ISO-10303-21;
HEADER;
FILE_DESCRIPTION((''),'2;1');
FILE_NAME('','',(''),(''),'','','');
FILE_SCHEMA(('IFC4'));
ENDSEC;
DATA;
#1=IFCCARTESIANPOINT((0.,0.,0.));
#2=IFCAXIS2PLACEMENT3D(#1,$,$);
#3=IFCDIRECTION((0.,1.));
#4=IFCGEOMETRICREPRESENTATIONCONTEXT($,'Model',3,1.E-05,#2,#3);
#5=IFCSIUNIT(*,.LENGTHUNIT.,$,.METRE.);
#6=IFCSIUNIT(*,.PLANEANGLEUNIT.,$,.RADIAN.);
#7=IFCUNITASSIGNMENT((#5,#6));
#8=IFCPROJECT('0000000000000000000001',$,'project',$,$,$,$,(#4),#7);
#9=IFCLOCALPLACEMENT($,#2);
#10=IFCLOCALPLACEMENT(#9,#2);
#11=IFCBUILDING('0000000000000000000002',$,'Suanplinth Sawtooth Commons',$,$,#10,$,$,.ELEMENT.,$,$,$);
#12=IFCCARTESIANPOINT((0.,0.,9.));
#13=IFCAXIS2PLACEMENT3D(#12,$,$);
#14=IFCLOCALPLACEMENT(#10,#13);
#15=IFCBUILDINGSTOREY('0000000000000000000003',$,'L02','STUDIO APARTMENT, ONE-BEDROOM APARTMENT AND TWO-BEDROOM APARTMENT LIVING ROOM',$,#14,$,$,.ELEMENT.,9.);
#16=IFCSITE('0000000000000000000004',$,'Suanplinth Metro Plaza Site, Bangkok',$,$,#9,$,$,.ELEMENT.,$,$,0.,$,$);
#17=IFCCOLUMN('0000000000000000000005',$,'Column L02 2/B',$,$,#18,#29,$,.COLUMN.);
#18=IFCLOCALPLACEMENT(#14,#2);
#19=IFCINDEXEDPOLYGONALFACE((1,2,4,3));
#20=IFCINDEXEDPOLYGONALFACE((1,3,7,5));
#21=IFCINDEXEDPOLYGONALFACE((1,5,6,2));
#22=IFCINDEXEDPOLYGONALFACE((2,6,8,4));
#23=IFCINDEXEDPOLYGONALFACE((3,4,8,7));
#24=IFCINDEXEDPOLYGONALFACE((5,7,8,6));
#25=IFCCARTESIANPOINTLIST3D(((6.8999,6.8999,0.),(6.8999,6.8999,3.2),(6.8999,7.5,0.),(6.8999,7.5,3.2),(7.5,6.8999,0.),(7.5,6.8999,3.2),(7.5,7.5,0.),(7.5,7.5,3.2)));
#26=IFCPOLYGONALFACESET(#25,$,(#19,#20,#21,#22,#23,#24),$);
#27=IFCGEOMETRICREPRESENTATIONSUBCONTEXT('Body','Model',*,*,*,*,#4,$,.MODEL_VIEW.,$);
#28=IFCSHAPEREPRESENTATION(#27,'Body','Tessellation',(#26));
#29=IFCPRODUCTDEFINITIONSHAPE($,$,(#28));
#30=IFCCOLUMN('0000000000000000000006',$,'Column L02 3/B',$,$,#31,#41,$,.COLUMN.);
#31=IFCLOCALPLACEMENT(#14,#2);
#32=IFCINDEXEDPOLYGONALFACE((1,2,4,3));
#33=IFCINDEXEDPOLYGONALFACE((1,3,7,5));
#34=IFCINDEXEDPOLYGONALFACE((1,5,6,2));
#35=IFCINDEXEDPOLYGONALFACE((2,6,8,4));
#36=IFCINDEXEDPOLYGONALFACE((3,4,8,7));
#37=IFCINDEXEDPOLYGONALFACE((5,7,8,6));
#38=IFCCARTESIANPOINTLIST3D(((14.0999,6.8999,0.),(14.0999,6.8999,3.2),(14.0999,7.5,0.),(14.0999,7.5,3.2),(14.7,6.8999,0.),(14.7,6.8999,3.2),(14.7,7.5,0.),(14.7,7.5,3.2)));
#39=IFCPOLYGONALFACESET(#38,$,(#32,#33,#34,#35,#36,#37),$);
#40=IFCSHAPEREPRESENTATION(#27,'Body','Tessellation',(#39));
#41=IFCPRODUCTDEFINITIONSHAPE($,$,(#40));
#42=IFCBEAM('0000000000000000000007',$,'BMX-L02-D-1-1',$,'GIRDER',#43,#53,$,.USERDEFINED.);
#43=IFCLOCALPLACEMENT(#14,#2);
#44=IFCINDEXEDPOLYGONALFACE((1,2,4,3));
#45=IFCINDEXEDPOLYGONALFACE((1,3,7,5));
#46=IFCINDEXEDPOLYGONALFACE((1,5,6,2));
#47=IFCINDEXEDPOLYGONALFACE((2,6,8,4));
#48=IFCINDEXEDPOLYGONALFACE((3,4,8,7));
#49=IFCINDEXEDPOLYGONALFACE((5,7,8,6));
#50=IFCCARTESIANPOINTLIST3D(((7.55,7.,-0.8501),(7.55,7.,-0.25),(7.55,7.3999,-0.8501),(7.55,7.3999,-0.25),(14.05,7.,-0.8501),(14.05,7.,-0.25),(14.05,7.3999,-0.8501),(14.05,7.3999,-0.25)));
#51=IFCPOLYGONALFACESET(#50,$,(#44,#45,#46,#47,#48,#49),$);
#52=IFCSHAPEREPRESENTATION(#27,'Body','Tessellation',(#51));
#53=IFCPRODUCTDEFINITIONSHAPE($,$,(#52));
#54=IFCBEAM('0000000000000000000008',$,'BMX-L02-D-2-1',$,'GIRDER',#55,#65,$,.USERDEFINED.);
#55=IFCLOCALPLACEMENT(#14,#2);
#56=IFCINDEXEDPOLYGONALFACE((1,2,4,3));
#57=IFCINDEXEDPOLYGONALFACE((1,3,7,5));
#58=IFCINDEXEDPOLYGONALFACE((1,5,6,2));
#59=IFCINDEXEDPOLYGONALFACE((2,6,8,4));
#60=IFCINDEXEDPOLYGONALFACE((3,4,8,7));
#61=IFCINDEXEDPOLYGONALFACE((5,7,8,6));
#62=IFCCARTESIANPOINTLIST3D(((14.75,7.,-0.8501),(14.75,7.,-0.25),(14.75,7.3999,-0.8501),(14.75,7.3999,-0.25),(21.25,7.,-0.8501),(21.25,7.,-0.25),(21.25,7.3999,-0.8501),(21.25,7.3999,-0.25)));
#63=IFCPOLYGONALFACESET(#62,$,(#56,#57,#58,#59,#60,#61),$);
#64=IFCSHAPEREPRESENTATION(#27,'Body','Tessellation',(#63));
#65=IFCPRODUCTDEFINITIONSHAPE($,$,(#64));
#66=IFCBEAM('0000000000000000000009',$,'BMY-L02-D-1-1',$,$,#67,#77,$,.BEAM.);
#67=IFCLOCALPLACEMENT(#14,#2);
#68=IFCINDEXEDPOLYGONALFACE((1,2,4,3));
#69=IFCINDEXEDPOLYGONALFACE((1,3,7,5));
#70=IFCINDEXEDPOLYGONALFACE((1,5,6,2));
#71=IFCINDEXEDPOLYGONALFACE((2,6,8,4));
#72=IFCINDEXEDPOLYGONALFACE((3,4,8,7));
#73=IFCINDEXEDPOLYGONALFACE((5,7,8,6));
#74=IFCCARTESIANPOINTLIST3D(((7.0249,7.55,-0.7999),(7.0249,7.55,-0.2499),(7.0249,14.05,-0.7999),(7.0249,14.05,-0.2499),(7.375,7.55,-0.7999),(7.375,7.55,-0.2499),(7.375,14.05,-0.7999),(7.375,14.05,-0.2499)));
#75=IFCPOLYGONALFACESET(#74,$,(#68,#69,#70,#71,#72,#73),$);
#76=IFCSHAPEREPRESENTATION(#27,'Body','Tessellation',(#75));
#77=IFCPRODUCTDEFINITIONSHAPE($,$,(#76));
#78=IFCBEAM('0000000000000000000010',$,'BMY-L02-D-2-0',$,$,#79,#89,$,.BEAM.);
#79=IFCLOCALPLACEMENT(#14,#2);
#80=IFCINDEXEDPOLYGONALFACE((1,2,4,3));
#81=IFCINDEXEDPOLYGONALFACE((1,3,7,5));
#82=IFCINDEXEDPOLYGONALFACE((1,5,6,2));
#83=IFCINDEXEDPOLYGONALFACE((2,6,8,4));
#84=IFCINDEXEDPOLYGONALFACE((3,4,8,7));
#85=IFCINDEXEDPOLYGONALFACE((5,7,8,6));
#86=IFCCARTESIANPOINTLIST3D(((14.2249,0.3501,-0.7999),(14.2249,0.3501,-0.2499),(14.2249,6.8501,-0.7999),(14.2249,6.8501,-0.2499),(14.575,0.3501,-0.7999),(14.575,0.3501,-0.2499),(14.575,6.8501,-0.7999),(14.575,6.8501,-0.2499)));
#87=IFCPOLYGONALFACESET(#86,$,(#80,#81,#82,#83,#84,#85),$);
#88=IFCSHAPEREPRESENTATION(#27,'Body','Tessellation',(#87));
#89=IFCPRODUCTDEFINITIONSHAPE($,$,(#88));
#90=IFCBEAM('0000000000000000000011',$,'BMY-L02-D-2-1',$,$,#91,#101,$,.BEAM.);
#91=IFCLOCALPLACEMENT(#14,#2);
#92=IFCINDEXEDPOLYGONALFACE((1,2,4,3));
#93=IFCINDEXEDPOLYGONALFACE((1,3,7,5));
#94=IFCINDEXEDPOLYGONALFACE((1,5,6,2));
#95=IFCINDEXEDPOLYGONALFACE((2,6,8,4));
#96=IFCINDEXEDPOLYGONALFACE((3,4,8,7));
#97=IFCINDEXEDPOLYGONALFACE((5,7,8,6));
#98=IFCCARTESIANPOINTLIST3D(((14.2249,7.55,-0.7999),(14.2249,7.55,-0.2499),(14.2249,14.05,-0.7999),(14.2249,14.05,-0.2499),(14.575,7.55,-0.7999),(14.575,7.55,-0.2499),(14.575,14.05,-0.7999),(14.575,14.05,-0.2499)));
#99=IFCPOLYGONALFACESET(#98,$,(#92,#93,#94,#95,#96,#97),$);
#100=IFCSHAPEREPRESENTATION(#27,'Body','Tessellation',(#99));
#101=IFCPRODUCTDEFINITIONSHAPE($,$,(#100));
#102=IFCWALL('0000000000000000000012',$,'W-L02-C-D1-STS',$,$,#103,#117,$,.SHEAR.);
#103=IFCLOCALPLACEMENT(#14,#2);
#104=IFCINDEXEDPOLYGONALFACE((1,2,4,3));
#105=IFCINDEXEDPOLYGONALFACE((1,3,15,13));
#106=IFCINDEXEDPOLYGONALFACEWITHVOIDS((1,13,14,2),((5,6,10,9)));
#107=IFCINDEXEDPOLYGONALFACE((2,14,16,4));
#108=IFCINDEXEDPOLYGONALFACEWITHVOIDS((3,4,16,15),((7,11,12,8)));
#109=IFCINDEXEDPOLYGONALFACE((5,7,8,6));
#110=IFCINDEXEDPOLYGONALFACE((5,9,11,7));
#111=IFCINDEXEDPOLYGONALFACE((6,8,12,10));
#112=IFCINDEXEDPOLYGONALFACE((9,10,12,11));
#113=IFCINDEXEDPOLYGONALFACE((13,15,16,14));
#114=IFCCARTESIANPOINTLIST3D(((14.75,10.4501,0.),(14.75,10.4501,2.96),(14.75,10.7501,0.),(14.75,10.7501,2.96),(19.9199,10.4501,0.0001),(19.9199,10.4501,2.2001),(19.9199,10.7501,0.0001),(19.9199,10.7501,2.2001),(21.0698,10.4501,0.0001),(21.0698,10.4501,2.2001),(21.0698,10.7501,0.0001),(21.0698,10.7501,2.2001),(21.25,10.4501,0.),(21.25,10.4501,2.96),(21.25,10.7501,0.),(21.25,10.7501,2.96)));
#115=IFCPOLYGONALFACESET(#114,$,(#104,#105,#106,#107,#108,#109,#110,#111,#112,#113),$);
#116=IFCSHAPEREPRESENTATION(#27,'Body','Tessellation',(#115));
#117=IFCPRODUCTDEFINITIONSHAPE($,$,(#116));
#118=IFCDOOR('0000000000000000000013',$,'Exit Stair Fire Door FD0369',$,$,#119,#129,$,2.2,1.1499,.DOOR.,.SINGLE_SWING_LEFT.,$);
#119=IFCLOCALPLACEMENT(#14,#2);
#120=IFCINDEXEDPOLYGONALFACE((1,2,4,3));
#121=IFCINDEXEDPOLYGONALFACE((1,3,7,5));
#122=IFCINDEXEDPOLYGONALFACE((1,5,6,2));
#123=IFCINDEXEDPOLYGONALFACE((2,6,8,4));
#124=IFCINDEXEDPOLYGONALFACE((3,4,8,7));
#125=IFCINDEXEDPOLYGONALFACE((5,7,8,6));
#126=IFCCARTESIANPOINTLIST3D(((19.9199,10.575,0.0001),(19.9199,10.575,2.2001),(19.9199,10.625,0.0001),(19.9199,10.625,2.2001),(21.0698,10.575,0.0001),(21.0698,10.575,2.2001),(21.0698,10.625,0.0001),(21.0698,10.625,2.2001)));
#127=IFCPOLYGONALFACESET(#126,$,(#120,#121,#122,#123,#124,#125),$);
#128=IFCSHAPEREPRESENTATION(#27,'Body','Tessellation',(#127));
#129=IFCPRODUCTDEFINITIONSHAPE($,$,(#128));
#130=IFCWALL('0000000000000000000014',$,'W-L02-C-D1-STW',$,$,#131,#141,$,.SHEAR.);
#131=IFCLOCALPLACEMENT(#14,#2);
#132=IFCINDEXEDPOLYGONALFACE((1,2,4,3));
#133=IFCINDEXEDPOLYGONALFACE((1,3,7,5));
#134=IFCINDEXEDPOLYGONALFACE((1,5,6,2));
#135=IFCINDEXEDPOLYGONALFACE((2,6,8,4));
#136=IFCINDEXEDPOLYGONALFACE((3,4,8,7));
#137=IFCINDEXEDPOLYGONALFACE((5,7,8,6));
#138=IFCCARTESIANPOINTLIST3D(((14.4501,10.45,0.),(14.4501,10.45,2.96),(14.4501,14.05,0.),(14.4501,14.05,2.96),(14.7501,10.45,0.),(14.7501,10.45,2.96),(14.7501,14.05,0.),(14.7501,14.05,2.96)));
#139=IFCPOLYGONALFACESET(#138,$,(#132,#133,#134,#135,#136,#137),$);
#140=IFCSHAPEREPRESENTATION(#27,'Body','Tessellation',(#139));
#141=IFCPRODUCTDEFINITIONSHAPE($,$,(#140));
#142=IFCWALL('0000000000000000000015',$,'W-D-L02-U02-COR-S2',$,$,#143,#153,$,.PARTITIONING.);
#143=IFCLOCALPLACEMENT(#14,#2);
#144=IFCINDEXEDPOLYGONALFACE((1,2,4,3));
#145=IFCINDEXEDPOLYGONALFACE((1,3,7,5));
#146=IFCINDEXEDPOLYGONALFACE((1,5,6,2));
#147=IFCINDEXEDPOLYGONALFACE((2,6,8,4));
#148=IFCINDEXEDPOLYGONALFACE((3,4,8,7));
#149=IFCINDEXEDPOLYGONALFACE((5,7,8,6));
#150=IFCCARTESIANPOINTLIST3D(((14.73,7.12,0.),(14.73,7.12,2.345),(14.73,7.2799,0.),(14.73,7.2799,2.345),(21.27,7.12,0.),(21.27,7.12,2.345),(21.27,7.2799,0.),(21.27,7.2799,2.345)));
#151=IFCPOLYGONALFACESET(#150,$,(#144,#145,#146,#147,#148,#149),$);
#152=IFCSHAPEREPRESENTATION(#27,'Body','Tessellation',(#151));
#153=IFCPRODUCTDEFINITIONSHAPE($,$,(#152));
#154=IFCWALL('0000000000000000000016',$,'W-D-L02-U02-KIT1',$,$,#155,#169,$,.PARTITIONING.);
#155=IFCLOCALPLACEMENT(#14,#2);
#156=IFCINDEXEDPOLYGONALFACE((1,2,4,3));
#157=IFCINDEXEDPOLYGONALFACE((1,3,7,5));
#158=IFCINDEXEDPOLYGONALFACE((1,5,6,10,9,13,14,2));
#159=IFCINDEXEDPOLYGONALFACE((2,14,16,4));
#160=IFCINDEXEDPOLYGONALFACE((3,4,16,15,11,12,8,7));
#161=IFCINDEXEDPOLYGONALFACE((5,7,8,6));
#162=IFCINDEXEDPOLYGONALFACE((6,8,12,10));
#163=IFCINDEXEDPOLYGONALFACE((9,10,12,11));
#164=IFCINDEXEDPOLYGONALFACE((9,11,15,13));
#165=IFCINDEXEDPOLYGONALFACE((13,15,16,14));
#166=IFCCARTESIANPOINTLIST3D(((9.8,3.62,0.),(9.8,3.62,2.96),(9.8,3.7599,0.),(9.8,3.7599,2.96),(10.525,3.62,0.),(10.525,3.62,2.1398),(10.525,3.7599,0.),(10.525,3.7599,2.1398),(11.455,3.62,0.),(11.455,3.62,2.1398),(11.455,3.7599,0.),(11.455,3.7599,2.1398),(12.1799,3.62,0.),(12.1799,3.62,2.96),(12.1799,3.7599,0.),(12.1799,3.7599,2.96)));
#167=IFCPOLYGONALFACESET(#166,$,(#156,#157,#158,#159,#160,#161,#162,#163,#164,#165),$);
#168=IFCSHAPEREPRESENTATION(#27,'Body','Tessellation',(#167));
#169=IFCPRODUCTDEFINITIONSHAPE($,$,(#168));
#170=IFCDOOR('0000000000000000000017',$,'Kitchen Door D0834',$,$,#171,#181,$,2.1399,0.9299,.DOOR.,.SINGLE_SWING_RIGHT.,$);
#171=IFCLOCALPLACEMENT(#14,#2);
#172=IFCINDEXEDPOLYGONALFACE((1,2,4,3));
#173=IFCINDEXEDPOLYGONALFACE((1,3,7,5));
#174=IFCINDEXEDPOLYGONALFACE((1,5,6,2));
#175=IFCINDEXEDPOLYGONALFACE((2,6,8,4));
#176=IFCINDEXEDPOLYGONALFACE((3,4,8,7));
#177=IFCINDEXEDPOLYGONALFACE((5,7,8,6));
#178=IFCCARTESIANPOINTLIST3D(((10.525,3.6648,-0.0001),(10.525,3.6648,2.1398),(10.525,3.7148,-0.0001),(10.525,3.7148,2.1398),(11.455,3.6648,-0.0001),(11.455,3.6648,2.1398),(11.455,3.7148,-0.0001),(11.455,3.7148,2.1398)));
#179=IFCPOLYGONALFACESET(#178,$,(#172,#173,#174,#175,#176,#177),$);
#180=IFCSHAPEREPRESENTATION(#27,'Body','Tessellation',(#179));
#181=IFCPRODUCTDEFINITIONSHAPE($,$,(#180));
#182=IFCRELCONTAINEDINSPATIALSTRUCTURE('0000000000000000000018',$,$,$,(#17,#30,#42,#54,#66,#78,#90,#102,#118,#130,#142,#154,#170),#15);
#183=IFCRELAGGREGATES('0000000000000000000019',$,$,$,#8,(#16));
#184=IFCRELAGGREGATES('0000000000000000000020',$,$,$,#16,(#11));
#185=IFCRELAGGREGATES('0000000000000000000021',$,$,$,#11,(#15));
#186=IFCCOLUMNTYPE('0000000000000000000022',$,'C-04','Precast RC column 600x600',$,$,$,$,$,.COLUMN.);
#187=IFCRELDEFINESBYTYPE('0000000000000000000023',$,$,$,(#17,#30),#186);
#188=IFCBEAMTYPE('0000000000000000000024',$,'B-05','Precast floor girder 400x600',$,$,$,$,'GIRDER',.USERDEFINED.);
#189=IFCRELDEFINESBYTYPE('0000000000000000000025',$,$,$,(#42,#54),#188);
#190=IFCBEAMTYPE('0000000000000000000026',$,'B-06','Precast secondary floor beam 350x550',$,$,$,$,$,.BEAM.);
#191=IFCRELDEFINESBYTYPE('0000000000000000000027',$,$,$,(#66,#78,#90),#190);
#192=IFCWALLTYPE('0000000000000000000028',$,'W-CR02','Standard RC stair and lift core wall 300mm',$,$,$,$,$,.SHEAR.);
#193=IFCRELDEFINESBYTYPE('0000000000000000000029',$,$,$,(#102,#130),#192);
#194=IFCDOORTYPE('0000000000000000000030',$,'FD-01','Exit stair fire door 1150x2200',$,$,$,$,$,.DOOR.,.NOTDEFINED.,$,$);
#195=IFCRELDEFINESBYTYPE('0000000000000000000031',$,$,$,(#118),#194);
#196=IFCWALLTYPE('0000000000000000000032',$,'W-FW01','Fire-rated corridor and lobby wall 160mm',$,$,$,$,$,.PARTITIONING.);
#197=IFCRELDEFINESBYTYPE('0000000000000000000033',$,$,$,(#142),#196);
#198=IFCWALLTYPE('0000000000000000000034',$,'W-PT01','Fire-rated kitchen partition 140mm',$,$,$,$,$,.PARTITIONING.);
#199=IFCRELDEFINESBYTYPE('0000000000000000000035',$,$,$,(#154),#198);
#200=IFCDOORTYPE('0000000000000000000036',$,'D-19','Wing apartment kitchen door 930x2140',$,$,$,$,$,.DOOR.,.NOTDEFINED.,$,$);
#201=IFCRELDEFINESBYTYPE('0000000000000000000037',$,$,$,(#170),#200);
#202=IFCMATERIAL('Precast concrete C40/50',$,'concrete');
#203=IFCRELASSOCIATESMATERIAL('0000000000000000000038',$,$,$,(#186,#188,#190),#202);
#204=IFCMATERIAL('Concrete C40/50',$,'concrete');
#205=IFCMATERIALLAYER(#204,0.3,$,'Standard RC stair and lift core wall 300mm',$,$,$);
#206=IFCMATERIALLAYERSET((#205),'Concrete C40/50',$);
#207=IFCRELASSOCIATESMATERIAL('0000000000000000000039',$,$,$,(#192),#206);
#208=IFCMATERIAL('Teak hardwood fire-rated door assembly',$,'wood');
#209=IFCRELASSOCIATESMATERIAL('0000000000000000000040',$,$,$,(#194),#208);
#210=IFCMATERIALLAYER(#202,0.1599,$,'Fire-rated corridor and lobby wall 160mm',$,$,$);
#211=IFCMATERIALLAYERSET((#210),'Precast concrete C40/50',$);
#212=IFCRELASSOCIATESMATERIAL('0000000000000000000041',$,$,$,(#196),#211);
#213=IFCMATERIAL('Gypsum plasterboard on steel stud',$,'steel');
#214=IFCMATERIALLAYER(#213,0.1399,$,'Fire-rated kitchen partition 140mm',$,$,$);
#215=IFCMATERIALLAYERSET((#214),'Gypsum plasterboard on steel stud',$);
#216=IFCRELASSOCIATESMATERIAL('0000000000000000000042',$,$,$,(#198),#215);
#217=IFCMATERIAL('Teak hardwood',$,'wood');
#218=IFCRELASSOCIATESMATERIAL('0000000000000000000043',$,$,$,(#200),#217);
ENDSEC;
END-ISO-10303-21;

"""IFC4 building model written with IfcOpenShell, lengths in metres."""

from ifc_helpers import new_model, si_unit, direction, frame, frame_2d, origin, origin_2d, place, context, subcontext, project, spatial, rectangle, extrude, material, layer, layer_set, material_profile, profile_set, type_object, element, fill, save


model = new_model("IFC4")

# Units and contexts
model_context = context("Model", 3, precision=1e-05, world=origin(), true_north=direction((0.0, 1.0)))
body_context = subcontext(model_context, "Body", "Model", "MODEL_VIEW")
ifc_project = project(units=[si_unit("LENGTHUNIT", "METRE"), si_unit("PLANEANGLEUNIT", "RADIAN")], contexts=[model_context])

# Site, building, storey
site_placement = place(None, origin())
site = spatial("IfcSite", under=ifc_project, at=site_placement, Name="Suanplinth Metro Plaza Site, Bangkok", CompositionType="ELEMENT", RefElevation=0.0)
building_placement = place(site_placement, origin())
building = spatial("IfcBuilding", under=site, at=building_placement, Name="Suanplinth Sawtooth Commons", CompositionType="ELEMENT")
storey_placement = place(building_placement, frame((0.0, 0.0, 9.0)))
storey = spatial("IfcBuildingStorey", under=building, at=storey_placement, Name="L02", Description="STUDIO APARTMENT, ONE-BEDROOM APARTMENT AND TWO-BEDROOM APARTMENT LIVING ROOM", CompositionType="ELEMENT", Elevation=9.0)

# Columns
ifc_material_1 = material(Name="Precast concrete C40/50", Category="concrete")
ifc_material_profile_1 = material_profile(ifc_material_1, rectangle(XDim=0.6001, YDim=0.6001, at=origin_2d()), Name="PC-COL 600x600")
ifc_profile_set_1 = profile_set([ifc_material_profile_1], Name="Precast concrete C40/50")
column_type = type_object("IfcColumnType", Name="C-04", Description="Precast RC column 600x600", PredefinedType="COLUMN", material=ifc_profile_set_1)
for number, where, z_axis, x_axis, name in (
    (1, (7.2, 7.2, 0.0), (0.0, 0.0, 1.0), (1.0, 0.0, 0.0), "Column L02 2/B"),
    (2, (14.3999, 7.2, 0.0), (0.0, 0.0, 1.0), (1.0, 0.0, 0.0), "Column L02 3/B"),
):
    element("IfcColumn", number, at=place(storey_placement, frame(where, z_axis=z_axis, x_axis=x_axis)), inside=storey, type_object=column_type, Name=name, PredefinedType="COLUMN", context=body_context, shape_type="SweptSolid", body=[
        extrude(rectangle(XDim=0.6001, YDim=0.6001, at=origin_2d()), origin(), (0.0, 0.0, 1.0), 3.2),
    ])

# Beams
ifc_material_profile_2 = material_profile(ifc_material_1, rectangle(XDim=0.3999, YDim=0.6001, at=origin_2d()), Name="PC-GDR 400x600")
ifc_profile_set_2 = profile_set([ifc_material_profile_2], Name="Precast concrete C40/50")
beam_type_1 = type_object("IfcBeamType", Name="B-05", Description="Precast floor girder 400x600", ElementType="GIRDER", PredefinedType="USERDEFINED", material=ifc_profile_set_2)
for number, where, z_axis, x_axis, name in (
    (3, (7.55, 7.2, -0.55), (1.0, 0.0, 0.0), (0.0, 1.0, 0.0), "BMX-L02-D-1-1"),
    (4, (14.75, 7.2, -0.55), (1.0, 0.0, 0.0), (0.0, 1.0, 0.0), "BMX-L02-D-2-1"),
):
    element("IfcBeam", number, at=place(storey_placement, frame(where, z_axis=z_axis, x_axis=x_axis)), inside=storey, type_object=beam_type_1, Name=name, ObjectType="GIRDER", PredefinedType="USERDEFINED", context=body_context, shape_type="SweptSolid", body=[
        extrude(rectangle(XDim=0.3999, YDim=0.6001, at=origin_2d()), origin(), (0.0, 0.0, 1.0), 6.5),
    ])
ifc_material_profile_3 = material_profile(ifc_material_1, rectangle(XDim=0.3501, YDim=0.55, at=origin_2d()), Name="PC-BM 350x550")
ifc_profile_set_3 = profile_set([ifc_material_profile_3], Name="Precast concrete C40/50")
beam_type_2 = type_object("IfcBeamType", Name="B-06", Description="Precast secondary floor beam 350x550", PredefinedType="BEAM", material=ifc_profile_set_3)
for number, where, z_axis, x_axis, name in (
    (5, (7.2, 7.55, -0.5249), (0.0, 1.0, 0.0), (-1.0, 0.0, 0.0), "BMY-L02-D-1-1"),
    (6, (14.3999, 0.3501, -0.5249), (0.0, 1.0, 0.0), (-1.0, 0.0, 0.0), "BMY-L02-D-2-0"),
    (7, (14.3999, 7.55, -0.5249), (0.0, 1.0, 0.0), (-1.0, 0.0, 0.0), "BMY-L02-D-2-1"),
):
    element("IfcBeam", number, at=place(storey_placement, frame(where, z_axis=z_axis, x_axis=x_axis)), inside=storey, type_object=beam_type_2, Name=name, PredefinedType="BEAM", context=body_context, shape_type="SweptSolid", body=[
        extrude(rectangle(XDim=0.3501, YDim=0.55, at=origin_2d()), origin(), (0.0, 0.0, 1.0), 6.5),
    ])

# Wall, opening, door
ifc_material_2 = material(Name="Concrete C40/50", Category="concrete")
ifc_layer_1 = layer(ifc_material_2, 0.3, Name="Standard RC stair and lift core wall 300mm")
ifc_layer_set_1 = layer_set([ifc_layer_1], Name="Concrete C40/50")
wall_type_1 = type_object("IfcWallType", Name="W-CR02", Description="Standard RC stair and lift core wall 300mm", PredefinedType="SHEAR", material=ifc_layer_set_1)
wall_1_placement = place(storey_placement, frame((14.75, 10.6001, 0.0), z_axis=(0.0, 0.0, 1.0), x_axis=(1.0, 0.0, 0.0)))
wall_1 = element("IfcWall", 8, at=wall_1_placement, inside=storey, type_object=wall_type_1, Name="W-L02-C-D1-STS", PredefinedType="SHEAR", context=body_context, shape_type="SweptSolid", body=[
    extrude(rectangle(XDim=6.5, YDim=0.3, at=frame_2d((3.25, 0.0))), origin(), (0.0, 0.0, 1.0), 2.96),
])
opening_1_placement = place(wall_1_placement, frame((5.1699, 0.0, 0.0)))
opening_1 = element("IfcOpeningElement", 9, at=opening_1_placement, cuts=wall_1, PredefinedType="OPENING", context=body_context, shape_type="SweptSolid", body=[
    extrude(rectangle(XDim=1.1499, YDim=2.2, at=frame_2d((0.575, 1.1001))), frame((0.0, 0.165, 0.0), z_axis=(0.0, -1.0, 0.0), x_axis=(1.0, 0.0, 0.0)), (0.0, 0.0, 1.0), 0.3298),
])
ifc_material_3 = material(Name="Teak hardwood fire-rated door assembly", Category="wood")
door_type_1 = type_object("IfcDoorType", Name="FD-01", Description="Exit stair fire door 1150x2200", OperationType="NOTDEFINED", PredefinedType="DOOR", material=ifc_material_3)
door_1_placement = place(opening_1_placement, origin())
door_1 = element("IfcDoor", 10, at=door_1_placement, inside=storey, type_object=door_type_1, Name="Exit Stair Fire Door FD0369", OperationType="SINGLE_SWING_LEFT", OverallHeight=2.2, OverallWidth=1.1499, PredefinedType="DOOR", context=body_context, shape_type="SweptSolid", body=[
    extrude(rectangle(XDim=1.1499, YDim=2.2, at=frame_2d((0.575, 1.1001))), frame((0.0, 0.0249, 0.0), z_axis=(0.0, -1.0, 0.0), x_axis=(1.0, 0.0, 0.0)), (0.0, 0.0, 1.0), 0.05),
])
fill(opening_1, door_1)

# Wall
wall_2_placement = place(storey_placement, frame((14.6001, 10.45, 0.0), z_axis=(0.0, 0.0, 1.0), x_axis=(0.0, 1.0, 0.0)))
element("IfcWall", 11, at=wall_2_placement, inside=storey, type_object=wall_type_1, Name="W-L02-C-D1-STW", PredefinedType="SHEAR", context=body_context, shape_type="SweptSolid", body=[
    extrude(rectangle(XDim=3.6001, YDim=0.3, at=frame_2d((1.8, 0.0))), origin(), (0.0, 0.0, 1.0), 2.96),
])

# Shared definitions
ifc_layer_2 = layer(ifc_material_1, 0.1599, Name="Fire-rated corridor and lobby wall 160mm")
ifc_layer_set_2 = layer_set([ifc_layer_2], Name="Precast concrete C40/50")
wall_type_2 = type_object("IfcWallType", Name="W-FW01", Description="Fire-rated corridor and lobby wall 160mm", PredefinedType="PARTITIONING", material=ifc_layer_set_2)

# Wall
wall_3_placement = place(storey_placement, frame((14.73, 7.2, 0.0), z_axis=(0.0, 0.0, 1.0), x_axis=(1.0, 0.0, 0.0)))
element("IfcWall", 12, at=wall_3_placement, inside=storey, type_object=wall_type_2, Name="W-D-L02-U02-COR-S2", PredefinedType="PARTITIONING", context=body_context, shape_type="SweptSolid", body=[
    extrude(rectangle(XDim=6.54, YDim=0.1599, at=frame_2d((3.27, 0.0))), origin(), (0.0, 0.0, 1.0), 2.345),
])

# Wall, opening, door
ifc_material_4 = material(Name="Gypsum plasterboard on steel stud", Category="steel")
ifc_layer_3 = layer(ifc_material_4, 0.1399, Name="Fire-rated kitchen partition 140mm")
ifc_layer_set_3 = layer_set([ifc_layer_3], Name="Gypsum plasterboard on steel stud")
wall_type_3 = type_object("IfcWallType", Name="W-PT01", Description="Fire-rated kitchen partition 140mm", PredefinedType="PARTITIONING", material=ifc_layer_set_3)
wall_4_placement = place(storey_placement, frame((9.8, 3.6899, 0.0), z_axis=(0.0, 0.0, 1.0), x_axis=(1.0, 0.0, 0.0)))
wall_4 = element("IfcWall", 13, at=wall_4_placement, inside=storey, type_object=wall_type_3, Name="W-D-L02-U02-KIT1", PredefinedType="PARTITIONING", context=body_context, shape_type="SweptSolid", body=[
    extrude(rectangle(XDim=2.3799, YDim=0.1399, at=frame_2d((1.1899, 0.0))), origin(), (0.0, 0.0, 1.0), 2.96),
])
opening_2_placement = place(wall_4_placement, frame((0.7251, 0.0, 0.0)))
opening_2 = element("IfcOpeningElement", 14, at=opening_2_placement, cuts=wall_4, PredefinedType="OPENING", context=body_context, shape_type="SweptSolid", body=[
    extrude(rectangle(XDim=0.9299, YDim=2.1399, at=frame_2d((0.4648, 1.0698))), frame((0.0, 0.085, 0.0), z_axis=(0.0, -1.0, 0.0), x_axis=(1.0, 0.0, 0.0)), (0.0, 0.0, 1.0), 0.1697),
])
ifc_material_5 = material(Name="Teak hardwood", Category="wood")
door_type_2 = type_object("IfcDoorType", Name="D-19", Description="Wing apartment kitchen door 930x2140", OperationType="NOTDEFINED", PredefinedType="DOOR", material=ifc_material_5)
door_2_placement = place(opening_2_placement, origin())
door_2 = element("IfcDoor", 15, at=door_2_placement, inside=storey, type_object=door_type_2, Name="Kitchen Door D0834", OperationType="SINGLE_SWING_RIGHT", OverallHeight=2.1399, OverallWidth=0.9299, PredefinedType="DOOR", context=body_context, shape_type="SweptSolid", body=[
    extrude(rectangle(XDim=0.9299, YDim=2.1399, at=frame_2d((0.4648, 1.0698))), frame((0.0, 0.0249, 0.0), z_axis=(0.0, -1.0, 0.0), x_axis=(1.0, 0.0, 0.0)), (0.0, 0.0, 1.0), 0.05),
])
fill(opening_2, door_2)

save(model, "model.ifc")
